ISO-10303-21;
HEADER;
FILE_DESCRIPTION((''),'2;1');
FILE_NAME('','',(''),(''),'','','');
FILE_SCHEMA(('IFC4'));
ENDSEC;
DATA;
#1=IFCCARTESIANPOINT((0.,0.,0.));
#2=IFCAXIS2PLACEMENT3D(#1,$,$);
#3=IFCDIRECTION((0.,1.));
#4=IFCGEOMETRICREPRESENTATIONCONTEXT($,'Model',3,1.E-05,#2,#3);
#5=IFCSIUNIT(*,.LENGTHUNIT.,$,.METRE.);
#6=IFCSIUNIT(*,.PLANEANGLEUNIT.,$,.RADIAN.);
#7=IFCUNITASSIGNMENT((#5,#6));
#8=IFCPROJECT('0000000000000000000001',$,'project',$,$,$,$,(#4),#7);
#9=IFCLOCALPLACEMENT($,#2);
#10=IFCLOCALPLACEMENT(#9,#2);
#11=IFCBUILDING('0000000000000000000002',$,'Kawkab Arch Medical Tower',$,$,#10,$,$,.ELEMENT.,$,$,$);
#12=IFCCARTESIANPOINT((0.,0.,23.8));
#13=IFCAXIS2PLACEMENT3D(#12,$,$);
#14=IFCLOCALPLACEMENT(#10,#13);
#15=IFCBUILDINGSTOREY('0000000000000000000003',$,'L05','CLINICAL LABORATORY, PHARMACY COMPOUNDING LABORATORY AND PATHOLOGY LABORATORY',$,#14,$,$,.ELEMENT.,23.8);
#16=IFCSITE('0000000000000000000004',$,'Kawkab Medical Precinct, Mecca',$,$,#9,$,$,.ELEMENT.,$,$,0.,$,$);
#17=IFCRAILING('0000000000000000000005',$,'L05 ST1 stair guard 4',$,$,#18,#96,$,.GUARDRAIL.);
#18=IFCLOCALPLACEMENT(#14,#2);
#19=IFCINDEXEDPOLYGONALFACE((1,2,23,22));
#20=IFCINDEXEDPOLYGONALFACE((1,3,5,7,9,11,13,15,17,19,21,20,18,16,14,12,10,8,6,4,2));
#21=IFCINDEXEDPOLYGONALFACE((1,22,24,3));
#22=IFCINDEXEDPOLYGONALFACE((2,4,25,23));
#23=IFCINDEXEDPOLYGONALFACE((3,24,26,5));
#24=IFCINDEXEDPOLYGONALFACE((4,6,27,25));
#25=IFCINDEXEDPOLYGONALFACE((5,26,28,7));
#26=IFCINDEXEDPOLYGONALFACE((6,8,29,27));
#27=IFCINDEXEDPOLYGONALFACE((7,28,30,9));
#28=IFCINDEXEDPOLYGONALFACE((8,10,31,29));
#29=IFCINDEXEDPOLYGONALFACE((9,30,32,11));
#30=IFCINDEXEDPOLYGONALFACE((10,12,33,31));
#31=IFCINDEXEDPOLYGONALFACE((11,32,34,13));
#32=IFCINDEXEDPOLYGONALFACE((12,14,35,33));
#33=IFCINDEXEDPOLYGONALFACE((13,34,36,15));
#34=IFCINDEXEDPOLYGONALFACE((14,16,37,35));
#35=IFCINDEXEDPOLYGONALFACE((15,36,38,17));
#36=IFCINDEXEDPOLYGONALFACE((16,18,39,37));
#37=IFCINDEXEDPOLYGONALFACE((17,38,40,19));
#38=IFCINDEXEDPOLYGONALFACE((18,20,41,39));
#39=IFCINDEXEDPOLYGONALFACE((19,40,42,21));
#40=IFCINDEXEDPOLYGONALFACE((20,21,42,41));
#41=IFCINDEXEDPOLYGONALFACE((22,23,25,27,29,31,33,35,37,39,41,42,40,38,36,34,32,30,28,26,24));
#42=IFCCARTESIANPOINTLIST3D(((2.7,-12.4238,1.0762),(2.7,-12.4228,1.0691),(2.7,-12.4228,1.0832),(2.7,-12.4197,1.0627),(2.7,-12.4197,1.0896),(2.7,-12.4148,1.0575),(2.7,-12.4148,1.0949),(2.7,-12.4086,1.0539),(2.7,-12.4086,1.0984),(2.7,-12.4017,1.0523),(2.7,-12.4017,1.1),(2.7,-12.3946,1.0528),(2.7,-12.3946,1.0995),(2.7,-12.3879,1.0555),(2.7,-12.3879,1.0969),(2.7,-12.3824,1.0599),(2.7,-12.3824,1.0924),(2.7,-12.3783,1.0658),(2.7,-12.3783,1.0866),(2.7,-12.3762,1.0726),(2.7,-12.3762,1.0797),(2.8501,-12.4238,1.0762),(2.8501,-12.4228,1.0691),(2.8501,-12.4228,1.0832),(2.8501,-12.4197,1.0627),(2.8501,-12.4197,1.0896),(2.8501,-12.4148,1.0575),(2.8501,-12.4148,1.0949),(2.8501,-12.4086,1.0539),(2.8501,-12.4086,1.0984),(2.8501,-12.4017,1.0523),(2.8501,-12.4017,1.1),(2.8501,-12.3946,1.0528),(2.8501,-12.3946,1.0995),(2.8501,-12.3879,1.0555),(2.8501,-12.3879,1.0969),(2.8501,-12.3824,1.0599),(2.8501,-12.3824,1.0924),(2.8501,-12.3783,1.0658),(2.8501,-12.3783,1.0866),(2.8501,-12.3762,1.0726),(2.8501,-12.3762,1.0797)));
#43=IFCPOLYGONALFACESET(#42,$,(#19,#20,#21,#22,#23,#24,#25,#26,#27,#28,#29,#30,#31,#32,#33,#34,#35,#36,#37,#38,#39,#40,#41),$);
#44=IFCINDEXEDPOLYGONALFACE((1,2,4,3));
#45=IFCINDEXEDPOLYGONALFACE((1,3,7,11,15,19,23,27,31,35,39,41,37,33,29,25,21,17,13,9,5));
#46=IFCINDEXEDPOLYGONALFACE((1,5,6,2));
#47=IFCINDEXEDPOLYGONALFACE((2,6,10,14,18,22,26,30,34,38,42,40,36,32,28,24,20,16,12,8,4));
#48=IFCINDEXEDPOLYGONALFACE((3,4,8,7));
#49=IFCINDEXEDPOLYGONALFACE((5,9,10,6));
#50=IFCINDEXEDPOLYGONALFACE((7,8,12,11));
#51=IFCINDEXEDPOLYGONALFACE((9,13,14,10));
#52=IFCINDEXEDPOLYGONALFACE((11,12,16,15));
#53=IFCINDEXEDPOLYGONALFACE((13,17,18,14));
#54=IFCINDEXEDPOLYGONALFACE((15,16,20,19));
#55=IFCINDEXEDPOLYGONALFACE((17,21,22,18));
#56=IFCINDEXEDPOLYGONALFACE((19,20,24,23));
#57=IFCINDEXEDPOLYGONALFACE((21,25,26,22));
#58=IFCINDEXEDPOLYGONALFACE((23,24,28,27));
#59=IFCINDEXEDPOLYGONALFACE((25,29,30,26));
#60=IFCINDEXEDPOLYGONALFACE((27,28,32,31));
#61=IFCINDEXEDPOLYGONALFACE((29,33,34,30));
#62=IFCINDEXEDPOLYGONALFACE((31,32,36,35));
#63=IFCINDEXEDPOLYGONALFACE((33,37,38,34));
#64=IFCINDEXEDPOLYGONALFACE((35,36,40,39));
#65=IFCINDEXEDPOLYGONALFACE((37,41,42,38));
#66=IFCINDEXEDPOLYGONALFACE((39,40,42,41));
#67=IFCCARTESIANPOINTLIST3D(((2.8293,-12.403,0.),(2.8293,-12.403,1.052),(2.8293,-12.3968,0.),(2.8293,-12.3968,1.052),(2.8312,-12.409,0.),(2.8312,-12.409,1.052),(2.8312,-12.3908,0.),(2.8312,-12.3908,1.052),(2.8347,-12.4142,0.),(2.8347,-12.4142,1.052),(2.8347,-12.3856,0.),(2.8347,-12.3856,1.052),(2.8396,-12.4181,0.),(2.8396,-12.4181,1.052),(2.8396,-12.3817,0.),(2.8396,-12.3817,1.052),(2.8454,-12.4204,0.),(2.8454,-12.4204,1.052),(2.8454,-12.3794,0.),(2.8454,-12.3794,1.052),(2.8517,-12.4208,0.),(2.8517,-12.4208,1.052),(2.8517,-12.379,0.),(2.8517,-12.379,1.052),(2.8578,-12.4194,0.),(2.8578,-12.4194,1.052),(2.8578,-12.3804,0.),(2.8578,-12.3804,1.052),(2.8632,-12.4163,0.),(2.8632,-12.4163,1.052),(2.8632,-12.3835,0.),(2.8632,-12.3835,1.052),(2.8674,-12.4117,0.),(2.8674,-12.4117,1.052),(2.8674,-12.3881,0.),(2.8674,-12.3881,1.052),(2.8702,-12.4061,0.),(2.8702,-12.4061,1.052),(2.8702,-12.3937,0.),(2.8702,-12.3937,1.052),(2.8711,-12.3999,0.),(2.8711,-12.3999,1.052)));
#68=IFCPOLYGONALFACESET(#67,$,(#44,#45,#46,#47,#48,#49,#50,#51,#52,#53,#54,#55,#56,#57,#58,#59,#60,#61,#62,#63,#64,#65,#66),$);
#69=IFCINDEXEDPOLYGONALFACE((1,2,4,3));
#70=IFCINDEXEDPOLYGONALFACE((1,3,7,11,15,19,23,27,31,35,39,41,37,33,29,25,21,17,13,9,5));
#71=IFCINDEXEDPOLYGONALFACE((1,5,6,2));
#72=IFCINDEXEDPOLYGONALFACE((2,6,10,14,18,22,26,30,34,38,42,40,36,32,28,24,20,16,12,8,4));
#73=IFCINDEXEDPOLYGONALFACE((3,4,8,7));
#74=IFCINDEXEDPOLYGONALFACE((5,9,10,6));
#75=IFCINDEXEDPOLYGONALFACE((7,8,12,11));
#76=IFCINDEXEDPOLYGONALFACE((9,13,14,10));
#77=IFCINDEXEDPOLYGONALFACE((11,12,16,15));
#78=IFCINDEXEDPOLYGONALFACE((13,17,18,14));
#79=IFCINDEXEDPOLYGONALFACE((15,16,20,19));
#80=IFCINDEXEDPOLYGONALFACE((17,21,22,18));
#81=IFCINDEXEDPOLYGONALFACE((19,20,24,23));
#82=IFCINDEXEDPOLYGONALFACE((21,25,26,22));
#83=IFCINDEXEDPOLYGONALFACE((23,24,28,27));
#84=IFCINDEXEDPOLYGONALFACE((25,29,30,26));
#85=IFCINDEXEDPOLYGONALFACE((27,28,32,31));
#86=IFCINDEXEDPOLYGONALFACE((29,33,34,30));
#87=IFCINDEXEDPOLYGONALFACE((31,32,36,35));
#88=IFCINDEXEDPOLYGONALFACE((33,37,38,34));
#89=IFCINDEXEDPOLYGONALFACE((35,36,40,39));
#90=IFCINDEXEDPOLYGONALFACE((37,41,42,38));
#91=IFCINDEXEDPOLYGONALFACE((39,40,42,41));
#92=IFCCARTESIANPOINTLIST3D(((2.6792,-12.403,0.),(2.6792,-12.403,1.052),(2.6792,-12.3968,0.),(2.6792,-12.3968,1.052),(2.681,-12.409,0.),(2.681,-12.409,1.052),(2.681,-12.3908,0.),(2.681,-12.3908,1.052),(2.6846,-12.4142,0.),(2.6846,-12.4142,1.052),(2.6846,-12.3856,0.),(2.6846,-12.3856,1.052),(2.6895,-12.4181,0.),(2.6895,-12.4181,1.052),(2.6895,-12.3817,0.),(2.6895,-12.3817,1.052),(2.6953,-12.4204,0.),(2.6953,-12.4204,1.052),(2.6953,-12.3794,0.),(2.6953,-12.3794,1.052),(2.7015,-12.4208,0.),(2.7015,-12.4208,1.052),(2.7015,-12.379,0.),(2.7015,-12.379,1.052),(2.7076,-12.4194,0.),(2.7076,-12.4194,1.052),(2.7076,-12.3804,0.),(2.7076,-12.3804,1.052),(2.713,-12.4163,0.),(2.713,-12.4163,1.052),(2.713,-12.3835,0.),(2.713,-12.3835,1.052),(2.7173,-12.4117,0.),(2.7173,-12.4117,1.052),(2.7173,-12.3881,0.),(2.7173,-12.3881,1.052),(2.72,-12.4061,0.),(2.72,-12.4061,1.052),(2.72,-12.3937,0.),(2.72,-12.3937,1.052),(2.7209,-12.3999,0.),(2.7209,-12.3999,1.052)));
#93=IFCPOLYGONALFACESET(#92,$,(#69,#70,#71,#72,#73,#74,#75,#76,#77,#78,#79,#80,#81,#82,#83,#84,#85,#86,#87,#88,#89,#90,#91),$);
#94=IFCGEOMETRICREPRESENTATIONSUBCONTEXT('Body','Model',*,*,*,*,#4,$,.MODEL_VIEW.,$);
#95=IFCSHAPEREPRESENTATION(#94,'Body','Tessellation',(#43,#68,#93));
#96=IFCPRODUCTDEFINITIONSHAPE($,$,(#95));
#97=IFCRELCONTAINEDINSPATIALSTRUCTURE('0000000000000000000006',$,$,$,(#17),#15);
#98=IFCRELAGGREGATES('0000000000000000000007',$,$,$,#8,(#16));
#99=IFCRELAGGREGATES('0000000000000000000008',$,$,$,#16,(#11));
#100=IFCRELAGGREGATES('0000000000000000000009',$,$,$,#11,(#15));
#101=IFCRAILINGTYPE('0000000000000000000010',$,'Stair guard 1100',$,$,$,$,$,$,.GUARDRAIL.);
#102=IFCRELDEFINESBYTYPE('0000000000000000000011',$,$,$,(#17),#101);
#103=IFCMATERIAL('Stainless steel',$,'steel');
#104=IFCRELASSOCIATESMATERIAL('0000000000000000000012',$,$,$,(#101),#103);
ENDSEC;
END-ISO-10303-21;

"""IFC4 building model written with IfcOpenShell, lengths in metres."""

from ifc_helpers import new_model, si_unit, direction, frame, origin, origin_2d, place, context, subcontext, project, spatial, circle, extrude, material, type_object, element, save


model = new_model("IFC4")

# Units and contexts
model_context = context("Model", 3, precision=1e-05, world=origin(), true_north=direction((0.0, 1.0)))
body_context = subcontext(model_context, "Body", "Model", "MODEL_VIEW")
ifc_project = project(units=[si_unit("LENGTHUNIT", "METRE"), si_unit("PLANEANGLEUNIT", "RADIAN")], contexts=[model_context])

# Site, building, storey
site_placement = place(None, origin())
site = spatial("IfcSite", under=ifc_project, at=site_placement, Name="Kawkab Medical Precinct, Mecca", CompositionType="ELEMENT", RefElevation=0.0)
building_placement = place(site_placement, origin())
building = spatial("IfcBuilding", under=site, at=building_placement, Name="Kawkab Arch Medical Tower", CompositionType="ELEMENT")
storey_placement = place(building_placement, frame((0.0, 0.0, 23.8)))
storey = spatial("IfcBuildingStorey", under=building, at=storey_placement, Name="L05", Description="CLINICAL LABORATORY, PHARMACY COMPOUNDING LABORATORY AND PATHOLOGY LABORATORY", CompositionType="ELEMENT", Elevation=23.8)

# Railing
ifc_material_1 = material(Name="Stainless steel", Category="steel")
railing_type = type_object("IfcRailingType", Name="Stair guard 1100", PredefinedType="GUARDRAIL", material=ifc_material_1)
railing_1_placement = place(storey_placement, frame((2.8501, -12.3999, 0.0)))
element("IfcRailing", 1, at=railing_1_placement, inside=storey, type_object=railing_type, Name="L05 ST1 stair guard 4", PredefinedType="GUARDRAIL", context=body_context, shape_type="SweptSolid", body=[
    extrude(circle(Radius=0.0239, at=origin_2d()), frame((0.0, 0.0, 1.0762), z_axis=(-1.0, 0.0, 0.0), x_axis=(0.0, -1.0, 0.0)), (0.0, 0.0, 1.0), 0.1501),
    extrude(circle(Radius=0.021, at=origin_2d()), origin(), (0.0, 0.0, 1.0), 1.052),
    extrude(circle(Radius=0.021, at=origin_2d()), frame((-0.1501, 0.0, 0.0)), (0.0, 0.0, 1.0), 1.052),
])

save(model, "model.ifc")
